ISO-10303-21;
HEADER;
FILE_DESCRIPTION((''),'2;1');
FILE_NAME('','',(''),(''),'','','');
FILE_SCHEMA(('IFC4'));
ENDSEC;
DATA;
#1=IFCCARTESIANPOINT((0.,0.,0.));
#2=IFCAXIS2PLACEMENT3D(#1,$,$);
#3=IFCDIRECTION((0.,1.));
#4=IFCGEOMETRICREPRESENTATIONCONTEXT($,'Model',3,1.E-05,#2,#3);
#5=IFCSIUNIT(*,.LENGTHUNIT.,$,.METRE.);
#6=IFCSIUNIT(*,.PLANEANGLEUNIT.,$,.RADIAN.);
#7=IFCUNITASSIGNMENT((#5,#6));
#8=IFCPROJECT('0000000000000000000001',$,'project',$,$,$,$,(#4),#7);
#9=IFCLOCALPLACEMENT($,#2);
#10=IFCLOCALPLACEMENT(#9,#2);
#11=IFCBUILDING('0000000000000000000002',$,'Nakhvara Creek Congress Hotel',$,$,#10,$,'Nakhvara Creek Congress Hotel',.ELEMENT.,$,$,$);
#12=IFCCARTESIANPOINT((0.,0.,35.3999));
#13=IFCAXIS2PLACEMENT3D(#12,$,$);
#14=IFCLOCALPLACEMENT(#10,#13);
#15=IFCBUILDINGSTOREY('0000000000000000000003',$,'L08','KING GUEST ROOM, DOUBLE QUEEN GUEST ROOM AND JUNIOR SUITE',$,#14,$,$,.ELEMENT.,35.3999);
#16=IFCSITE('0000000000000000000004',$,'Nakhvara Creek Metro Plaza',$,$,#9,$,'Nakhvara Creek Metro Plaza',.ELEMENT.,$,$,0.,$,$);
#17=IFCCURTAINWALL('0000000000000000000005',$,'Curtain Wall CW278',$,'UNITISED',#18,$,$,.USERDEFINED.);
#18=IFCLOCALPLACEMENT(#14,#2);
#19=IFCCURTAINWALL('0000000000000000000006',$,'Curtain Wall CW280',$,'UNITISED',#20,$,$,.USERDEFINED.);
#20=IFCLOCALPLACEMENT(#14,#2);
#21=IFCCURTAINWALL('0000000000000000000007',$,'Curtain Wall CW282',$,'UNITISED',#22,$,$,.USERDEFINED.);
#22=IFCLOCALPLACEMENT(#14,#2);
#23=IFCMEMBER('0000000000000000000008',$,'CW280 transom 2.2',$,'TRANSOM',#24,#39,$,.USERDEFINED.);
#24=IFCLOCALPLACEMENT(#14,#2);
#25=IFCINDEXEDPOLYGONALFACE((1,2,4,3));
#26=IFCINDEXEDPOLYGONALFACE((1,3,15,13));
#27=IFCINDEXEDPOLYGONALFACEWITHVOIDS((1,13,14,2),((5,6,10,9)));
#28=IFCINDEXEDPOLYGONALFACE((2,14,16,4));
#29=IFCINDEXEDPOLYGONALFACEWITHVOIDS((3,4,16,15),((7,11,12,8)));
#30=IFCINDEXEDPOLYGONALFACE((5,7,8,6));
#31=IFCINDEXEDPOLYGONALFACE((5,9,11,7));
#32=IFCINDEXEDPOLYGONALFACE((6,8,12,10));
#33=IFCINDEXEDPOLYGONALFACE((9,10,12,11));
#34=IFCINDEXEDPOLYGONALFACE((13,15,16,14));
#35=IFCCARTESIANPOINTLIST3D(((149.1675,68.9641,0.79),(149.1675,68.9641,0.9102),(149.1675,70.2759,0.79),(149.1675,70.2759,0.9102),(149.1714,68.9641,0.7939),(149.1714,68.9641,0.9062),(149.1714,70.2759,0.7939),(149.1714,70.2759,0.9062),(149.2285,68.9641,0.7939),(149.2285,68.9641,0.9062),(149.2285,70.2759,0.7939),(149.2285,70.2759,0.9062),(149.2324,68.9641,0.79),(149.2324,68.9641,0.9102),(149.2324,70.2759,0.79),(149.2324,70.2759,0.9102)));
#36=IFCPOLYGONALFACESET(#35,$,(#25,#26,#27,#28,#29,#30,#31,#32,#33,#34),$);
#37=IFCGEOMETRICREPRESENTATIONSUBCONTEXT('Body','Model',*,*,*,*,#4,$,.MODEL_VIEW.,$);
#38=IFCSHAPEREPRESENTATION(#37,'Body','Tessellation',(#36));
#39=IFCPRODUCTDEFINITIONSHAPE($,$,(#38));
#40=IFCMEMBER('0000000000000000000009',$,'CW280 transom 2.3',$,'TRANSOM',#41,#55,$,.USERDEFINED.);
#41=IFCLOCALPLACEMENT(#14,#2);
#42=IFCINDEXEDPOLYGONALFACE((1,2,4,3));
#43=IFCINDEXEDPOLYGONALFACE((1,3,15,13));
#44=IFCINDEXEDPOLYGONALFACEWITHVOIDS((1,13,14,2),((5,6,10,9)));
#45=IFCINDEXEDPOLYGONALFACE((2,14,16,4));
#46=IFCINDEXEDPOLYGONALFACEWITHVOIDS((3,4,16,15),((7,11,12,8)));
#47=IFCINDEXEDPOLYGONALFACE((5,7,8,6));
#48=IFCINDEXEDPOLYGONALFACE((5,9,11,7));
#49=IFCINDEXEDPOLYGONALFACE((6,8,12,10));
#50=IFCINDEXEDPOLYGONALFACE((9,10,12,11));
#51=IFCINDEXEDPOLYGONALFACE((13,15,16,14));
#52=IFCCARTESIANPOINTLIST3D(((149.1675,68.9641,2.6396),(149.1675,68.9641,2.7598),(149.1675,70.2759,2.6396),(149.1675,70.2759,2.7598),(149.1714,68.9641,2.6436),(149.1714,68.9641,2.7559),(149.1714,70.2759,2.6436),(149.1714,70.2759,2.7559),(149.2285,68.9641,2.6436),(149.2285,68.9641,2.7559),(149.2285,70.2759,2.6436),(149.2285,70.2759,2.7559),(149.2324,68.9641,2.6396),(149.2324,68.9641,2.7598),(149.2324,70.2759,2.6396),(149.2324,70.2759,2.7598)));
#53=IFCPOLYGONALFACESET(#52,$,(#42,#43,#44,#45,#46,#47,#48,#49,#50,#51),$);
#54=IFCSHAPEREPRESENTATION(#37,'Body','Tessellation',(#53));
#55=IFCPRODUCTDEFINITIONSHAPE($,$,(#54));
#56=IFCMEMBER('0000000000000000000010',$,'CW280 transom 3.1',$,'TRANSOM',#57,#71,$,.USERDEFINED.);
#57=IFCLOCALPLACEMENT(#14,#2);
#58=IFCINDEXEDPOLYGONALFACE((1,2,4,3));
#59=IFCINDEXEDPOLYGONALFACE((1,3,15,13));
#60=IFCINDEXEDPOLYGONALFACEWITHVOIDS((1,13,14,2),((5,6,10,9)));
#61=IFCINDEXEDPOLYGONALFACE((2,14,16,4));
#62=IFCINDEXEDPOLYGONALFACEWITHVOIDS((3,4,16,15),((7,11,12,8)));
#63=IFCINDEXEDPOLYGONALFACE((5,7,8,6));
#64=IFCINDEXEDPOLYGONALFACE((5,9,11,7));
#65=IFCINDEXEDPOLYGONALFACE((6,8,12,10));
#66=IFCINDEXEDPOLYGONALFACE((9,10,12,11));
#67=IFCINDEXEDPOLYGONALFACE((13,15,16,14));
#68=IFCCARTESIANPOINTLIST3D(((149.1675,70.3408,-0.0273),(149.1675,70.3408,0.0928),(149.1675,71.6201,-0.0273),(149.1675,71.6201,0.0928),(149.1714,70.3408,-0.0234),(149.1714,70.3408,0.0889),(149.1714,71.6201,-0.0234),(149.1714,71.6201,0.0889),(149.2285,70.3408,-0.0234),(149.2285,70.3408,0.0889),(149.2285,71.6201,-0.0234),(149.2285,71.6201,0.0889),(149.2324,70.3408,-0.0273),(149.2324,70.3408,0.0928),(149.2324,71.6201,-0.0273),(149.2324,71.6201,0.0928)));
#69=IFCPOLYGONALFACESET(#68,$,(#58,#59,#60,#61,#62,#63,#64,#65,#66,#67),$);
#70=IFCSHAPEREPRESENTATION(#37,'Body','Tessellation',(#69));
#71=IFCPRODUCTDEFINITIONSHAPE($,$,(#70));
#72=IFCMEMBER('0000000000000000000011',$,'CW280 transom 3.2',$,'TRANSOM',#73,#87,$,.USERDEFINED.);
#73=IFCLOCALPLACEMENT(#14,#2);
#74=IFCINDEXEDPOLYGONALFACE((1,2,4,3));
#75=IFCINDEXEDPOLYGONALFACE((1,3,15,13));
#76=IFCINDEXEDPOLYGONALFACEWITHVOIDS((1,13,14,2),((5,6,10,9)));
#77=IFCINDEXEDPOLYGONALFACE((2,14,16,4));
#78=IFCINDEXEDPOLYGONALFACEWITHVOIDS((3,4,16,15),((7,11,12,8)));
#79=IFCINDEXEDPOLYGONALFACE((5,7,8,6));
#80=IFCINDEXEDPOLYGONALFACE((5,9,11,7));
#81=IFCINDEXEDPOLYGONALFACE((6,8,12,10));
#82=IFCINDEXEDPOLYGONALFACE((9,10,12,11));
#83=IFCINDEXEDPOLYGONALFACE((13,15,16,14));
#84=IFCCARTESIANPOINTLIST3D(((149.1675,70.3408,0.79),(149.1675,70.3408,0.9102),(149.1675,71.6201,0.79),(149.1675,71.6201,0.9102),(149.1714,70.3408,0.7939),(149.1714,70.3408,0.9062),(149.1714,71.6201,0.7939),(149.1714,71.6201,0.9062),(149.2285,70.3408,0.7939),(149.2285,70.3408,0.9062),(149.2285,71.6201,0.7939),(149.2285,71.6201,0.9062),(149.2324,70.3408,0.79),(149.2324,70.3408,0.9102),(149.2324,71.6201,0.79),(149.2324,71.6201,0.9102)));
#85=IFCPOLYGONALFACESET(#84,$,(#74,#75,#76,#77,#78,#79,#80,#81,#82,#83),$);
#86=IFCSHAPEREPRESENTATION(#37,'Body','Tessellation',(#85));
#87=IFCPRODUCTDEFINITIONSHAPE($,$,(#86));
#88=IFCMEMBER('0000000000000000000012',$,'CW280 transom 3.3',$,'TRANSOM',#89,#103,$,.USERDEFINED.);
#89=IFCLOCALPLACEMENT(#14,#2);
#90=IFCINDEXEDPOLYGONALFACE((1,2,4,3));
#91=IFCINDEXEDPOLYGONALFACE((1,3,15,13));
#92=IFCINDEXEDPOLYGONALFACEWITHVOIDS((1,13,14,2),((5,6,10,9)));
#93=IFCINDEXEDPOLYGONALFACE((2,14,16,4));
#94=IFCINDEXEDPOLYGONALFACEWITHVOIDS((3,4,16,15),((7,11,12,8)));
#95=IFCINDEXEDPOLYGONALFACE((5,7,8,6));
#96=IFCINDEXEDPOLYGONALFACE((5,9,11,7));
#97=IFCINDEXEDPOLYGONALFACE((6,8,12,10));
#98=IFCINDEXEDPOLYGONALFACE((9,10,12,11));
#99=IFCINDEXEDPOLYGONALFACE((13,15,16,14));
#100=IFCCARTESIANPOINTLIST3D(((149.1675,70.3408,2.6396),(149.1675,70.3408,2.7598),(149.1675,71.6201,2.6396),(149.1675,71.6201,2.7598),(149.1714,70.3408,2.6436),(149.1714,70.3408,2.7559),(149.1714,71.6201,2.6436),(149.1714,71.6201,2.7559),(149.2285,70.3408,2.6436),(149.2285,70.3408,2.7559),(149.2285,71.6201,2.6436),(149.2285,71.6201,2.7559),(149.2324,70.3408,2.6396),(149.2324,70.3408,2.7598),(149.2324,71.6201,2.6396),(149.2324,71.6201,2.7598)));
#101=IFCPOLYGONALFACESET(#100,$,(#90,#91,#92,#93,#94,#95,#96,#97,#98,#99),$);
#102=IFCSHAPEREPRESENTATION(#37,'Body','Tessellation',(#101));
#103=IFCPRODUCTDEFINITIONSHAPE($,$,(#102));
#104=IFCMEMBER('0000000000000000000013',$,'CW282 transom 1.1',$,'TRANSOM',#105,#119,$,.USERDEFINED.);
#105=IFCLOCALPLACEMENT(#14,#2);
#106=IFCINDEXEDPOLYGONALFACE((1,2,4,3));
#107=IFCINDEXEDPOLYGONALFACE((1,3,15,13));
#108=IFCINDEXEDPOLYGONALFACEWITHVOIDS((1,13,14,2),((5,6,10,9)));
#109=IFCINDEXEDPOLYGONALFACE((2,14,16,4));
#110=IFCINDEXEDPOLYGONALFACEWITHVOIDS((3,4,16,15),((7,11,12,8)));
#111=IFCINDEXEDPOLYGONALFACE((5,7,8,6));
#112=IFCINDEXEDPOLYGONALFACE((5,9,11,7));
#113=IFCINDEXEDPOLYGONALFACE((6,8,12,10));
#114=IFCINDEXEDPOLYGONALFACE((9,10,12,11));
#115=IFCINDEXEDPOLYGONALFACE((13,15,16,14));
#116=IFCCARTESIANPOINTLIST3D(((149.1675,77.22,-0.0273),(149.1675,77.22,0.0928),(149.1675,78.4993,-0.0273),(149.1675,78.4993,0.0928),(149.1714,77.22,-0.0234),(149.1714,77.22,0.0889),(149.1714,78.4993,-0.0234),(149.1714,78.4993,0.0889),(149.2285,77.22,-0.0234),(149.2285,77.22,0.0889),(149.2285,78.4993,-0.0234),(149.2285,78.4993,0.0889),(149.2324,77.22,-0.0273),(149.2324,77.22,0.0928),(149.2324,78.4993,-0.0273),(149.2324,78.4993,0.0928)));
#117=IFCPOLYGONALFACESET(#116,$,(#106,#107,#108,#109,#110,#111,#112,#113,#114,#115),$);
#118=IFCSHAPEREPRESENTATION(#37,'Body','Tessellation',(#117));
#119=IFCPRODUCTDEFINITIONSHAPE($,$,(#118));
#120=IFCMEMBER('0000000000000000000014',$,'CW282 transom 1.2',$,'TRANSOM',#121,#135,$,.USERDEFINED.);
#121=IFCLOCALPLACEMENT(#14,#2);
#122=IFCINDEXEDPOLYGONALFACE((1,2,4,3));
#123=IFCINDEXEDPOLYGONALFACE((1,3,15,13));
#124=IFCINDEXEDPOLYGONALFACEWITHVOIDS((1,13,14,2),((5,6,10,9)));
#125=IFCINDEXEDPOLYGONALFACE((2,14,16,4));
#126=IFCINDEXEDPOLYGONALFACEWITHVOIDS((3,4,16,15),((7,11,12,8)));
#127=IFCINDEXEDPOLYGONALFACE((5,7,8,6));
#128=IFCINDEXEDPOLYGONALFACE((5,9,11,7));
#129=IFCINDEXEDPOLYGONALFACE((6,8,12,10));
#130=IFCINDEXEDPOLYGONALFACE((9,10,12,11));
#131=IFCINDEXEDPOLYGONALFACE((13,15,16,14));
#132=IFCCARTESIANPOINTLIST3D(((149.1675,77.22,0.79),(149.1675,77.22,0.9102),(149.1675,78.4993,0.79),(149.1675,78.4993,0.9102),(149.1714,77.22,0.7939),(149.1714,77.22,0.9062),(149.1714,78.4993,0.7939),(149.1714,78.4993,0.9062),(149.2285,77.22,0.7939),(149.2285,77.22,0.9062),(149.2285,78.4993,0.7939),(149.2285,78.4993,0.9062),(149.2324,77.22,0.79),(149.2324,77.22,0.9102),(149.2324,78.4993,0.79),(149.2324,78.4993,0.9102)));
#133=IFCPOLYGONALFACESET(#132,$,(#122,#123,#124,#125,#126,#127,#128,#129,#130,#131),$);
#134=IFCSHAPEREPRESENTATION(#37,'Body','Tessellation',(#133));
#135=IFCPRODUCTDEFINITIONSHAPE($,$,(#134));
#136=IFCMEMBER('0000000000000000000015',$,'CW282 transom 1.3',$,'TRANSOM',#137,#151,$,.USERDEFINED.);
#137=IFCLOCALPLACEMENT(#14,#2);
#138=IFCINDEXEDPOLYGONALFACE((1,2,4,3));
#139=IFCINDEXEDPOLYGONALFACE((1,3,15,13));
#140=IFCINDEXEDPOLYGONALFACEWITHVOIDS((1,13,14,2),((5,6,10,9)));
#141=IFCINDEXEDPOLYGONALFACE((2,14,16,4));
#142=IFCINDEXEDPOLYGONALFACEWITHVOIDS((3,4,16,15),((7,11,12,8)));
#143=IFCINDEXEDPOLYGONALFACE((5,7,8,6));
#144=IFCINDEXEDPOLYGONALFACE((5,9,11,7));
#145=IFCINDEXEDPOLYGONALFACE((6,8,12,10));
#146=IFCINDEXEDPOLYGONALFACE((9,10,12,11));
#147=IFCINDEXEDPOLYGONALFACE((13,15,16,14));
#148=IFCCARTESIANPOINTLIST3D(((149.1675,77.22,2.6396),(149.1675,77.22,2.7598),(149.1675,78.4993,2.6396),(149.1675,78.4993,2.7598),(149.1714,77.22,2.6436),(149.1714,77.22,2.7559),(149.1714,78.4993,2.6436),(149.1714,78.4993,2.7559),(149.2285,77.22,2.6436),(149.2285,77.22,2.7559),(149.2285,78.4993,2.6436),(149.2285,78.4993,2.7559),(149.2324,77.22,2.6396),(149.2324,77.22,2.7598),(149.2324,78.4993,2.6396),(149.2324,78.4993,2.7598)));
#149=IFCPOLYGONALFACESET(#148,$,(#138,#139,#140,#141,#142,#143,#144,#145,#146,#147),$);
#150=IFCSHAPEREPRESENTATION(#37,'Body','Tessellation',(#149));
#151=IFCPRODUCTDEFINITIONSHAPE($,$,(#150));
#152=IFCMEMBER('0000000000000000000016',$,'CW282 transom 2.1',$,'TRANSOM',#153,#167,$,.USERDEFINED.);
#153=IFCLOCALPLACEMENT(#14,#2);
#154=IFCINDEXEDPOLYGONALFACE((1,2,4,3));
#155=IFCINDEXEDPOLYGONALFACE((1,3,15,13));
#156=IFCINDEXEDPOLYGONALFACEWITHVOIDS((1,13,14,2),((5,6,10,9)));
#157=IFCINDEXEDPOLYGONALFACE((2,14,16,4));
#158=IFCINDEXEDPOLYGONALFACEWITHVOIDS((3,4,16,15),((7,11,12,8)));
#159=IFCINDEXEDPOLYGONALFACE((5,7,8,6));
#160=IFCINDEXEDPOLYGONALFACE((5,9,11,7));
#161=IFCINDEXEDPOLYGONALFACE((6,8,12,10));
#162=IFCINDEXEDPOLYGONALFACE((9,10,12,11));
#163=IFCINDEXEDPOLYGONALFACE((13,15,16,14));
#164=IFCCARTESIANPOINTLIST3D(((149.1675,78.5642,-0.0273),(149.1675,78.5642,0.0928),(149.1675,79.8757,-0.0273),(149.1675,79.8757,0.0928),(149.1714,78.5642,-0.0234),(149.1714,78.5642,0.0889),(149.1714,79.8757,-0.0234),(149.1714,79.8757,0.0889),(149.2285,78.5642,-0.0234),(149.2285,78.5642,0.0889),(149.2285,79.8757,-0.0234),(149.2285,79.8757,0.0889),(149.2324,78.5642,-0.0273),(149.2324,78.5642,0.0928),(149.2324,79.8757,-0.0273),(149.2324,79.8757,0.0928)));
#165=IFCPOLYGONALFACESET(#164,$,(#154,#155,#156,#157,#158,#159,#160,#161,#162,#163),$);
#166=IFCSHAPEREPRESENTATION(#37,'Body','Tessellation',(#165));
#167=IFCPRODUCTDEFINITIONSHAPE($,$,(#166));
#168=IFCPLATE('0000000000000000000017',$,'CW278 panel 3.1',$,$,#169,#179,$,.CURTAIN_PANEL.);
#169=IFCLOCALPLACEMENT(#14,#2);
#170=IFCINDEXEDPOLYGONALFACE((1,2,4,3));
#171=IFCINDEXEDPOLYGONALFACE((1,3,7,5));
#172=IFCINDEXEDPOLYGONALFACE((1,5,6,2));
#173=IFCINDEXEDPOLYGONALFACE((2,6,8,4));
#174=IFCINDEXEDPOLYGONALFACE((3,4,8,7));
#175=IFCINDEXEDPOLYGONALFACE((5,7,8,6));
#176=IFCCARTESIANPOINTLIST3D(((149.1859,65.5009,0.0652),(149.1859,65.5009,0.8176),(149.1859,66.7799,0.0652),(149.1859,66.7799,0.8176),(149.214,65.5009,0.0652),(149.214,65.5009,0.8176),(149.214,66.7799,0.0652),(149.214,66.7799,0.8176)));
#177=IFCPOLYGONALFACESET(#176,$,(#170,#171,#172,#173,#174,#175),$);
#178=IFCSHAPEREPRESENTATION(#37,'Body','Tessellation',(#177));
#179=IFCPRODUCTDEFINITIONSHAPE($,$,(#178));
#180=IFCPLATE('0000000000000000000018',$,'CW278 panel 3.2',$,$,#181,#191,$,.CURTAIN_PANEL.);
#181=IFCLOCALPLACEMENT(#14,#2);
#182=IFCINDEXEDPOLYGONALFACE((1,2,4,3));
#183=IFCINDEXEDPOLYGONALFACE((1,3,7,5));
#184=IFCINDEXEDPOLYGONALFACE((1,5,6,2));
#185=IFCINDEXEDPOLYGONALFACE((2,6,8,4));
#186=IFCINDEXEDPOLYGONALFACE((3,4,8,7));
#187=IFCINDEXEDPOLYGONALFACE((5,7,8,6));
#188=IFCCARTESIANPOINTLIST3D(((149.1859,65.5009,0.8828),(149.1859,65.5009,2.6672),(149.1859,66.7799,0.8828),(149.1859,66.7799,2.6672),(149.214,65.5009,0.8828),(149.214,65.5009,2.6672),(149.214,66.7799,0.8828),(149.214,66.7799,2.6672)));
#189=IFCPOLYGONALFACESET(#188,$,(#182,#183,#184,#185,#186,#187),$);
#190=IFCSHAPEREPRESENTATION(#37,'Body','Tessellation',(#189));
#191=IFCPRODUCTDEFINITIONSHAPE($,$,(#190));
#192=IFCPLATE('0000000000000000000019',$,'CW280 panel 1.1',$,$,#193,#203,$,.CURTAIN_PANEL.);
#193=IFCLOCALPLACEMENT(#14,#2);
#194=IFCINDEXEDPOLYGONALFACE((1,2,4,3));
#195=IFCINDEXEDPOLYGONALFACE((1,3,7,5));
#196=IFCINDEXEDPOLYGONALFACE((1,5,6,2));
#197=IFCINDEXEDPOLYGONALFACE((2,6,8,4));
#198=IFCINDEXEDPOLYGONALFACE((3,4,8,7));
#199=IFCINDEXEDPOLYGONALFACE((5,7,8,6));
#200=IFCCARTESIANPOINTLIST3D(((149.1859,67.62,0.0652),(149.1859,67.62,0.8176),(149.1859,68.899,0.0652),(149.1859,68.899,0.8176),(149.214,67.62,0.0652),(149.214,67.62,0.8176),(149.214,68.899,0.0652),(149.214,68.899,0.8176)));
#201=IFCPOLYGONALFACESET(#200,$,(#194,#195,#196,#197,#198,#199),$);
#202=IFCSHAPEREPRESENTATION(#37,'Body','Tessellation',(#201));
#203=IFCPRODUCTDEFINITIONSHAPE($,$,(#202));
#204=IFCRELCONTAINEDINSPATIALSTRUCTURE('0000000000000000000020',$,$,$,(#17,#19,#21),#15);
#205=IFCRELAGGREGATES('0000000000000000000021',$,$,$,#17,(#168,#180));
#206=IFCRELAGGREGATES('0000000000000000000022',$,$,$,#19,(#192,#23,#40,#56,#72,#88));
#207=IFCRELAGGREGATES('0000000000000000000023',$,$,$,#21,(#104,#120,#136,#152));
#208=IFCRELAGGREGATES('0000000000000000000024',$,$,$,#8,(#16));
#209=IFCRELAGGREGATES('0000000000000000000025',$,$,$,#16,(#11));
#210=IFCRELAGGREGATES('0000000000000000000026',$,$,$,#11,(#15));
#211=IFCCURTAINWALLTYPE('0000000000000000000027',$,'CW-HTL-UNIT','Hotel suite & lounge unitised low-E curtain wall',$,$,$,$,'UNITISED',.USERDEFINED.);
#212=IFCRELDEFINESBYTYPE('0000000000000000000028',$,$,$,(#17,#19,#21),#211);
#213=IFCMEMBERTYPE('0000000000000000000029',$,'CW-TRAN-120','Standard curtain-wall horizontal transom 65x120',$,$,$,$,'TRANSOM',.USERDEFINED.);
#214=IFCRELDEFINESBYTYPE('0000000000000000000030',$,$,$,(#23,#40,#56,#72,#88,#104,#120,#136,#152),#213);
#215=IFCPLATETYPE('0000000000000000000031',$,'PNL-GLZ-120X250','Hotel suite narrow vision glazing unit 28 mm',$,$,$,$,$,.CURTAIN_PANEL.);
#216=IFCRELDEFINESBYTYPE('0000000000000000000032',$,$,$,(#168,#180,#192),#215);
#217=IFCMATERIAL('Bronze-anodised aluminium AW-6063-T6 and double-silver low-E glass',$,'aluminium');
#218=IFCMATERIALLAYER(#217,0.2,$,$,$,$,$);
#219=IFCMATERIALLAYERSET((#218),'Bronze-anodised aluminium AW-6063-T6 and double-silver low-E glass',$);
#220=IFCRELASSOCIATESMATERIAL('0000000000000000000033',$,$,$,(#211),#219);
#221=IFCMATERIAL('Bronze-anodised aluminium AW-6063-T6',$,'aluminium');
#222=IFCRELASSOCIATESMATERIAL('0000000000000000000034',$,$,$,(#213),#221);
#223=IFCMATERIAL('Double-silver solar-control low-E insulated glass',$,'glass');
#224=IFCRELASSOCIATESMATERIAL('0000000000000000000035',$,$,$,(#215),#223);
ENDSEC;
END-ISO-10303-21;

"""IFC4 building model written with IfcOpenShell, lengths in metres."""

from ifc_helpers import new_model, si_unit, direction, frame, origin, origin_2d, place, context, subcontext, project, spatial, rectangle, hollow_rectangle, extrude, material, layer, layer_set, material_profile, profile_set, type_object, element, aggregate, save


model = new_model("IFC4")

# Units and contexts
model_context = context("Model", 3, precision=1e-05, world=origin(), true_north=direction((0.0, 1.0)))
body_context = subcontext(model_context, "Body", "Model", "MODEL_VIEW")
ifc_project = project(units=[si_unit("LENGTHUNIT", "METRE"), si_unit("PLANEANGLEUNIT", "RADIAN")], contexts=[model_context])

# Site, building, storey
site_placement = place(None, origin())
site = spatial("IfcSite", under=ifc_project, at=site_placement, Name="Nakhvara Creek Metro Plaza", LongName="Nakhvara Creek Metro Plaza", CompositionType="ELEMENT", RefElevation=0.0)
building_placement = place(site_placement, origin())
building = spatial("IfcBuilding", under=site, at=building_placement, Name="Nakhvara Creek Congress Hotel", LongName="Nakhvara Creek Congress Hotel", CompositionType="ELEMENT")
storey_placement = place(building_placement, frame((0.0, 0.0, 35.3999)))
storey = spatial("IfcBuildingStorey", under=building, at=storey_placement, Name="L08", Description="KING GUEST ROOM, DOUBLE QUEEN GUEST ROOM AND JUNIOR SUITE", CompositionType="ELEMENT", Elevation=35.3999)

# Curtain wall
ifc_material_1 = material(Name="Bronze-anodised aluminium AW-6063-T6 and double-silver low-E glass", Category="aluminium")
ifc_layer = layer(ifc_material_1, 0.2)
ifc_layer_set = layer_set([ifc_layer], Name="Bronze-anodised aluminium AW-6063-T6 and double-silver low-E glass")
curtain_wall_type = type_object("IfcCurtainWallType", Name="CW-HTL-UNIT", Description="Hotel suite & lounge unitised low-E curtain wall", ElementType="UNITISED", PredefinedType="USERDEFINED", material=ifc_layer_set)
curtain_wall_1_placement = place(storey_placement, origin())
curtain_wall_1 = element("IfcCurtainWall", 1, at=curtain_wall_1_placement, inside=storey, type_object=curtain_wall_type, Name="Curtain Wall CW278", ObjectType="UNITISED", PredefinedType="USERDEFINED")
ifc_material_2 = material(Name="Bronze-anodised aluminium AW-6063-T6", Category="aluminium")

# Curtain walls
curtain_wall_2_placement = place(storey_placement, origin())
curtain_wall_2 = element("IfcCurtainWall", 2, at=curtain_wall_2_placement, inside=storey, type_object=curtain_wall_type, Name="Curtain Wall CW280", ObjectType="UNITISED", PredefinedType="USERDEFINED")
curtain_wall_3_placement = place(storey_placement, origin())
curtain_wall_3 = element("IfcCurtainWall", 3, at=curtain_wall_3_placement, inside=storey, type_object=curtain_wall_type, Name="Curtain Wall CW282", ObjectType="UNITISED", PredefinedType="USERDEFINED")

# Members
ifc_material_profile_1 = material_profile(ifc_material_2, hollow_rectangle(XDim=0.0649, YDim=0.1201, WallThickness=0.0039, at=origin_2d()), Name="ALU-TRAN 65x120x4", Category="LoadBearing")
ifc_profile_set_1 = profile_set([ifc_material_profile_1], Name="Bronze-anodised aluminium AW-6063-T6")
member_type_1 = type_object("IfcMemberType", Name="CW-TRAN-120", Description="Standard curtain-wall horizontal transom 65x120", ElementType="TRANSOM", PredefinedType="USERDEFINED", material=ifc_profile_set_1)
member_1_placement = place(storey_placement, frame((149.2, 68.9641, 0.8501), z_axis=(0.0, 1.0, 0.0), x_axis=(-1.0, 0.0, 0.0)))
member_1 = element("IfcMember", 4, at=member_1_placement, type_object=member_type_1, Name="CW280 transom 2.2", ObjectType="TRANSOM", PredefinedType="USERDEFINED", context=body_context, shape_type="SweptSolid", body=[
    extrude(hollow_rectangle(XDim=0.0649, YDim=0.1201, WallThickness=0.0039, at=origin_2d()), origin(), (0.0, 0.0, 1.0), 1.3118),
])
member_2_placement = place(storey_placement, frame((149.2, 68.9641, 2.6997), z_axis=(0.0, 1.0, 0.0), x_axis=(-1.0, 0.0, 0.0)))
member_2 = element("IfcMember", 5, at=member_2_placement, type_object=member_type_1, Name="CW280 transom 2.3", ObjectType="TRANSOM", PredefinedType="USERDEFINED", context=body_context, shape_type="SweptSolid", body=[
    extrude(hollow_rectangle(XDim=0.0649, YDim=0.1201, WallThickness=0.0039, at=origin_2d()), origin(), (0.0, 0.0, 1.0), 1.3118),
])
member_3_placement = place(storey_placement, frame((149.2, 70.3408, 0.0327), z_axis=(0.0, 1.0, 0.0), x_axis=(-1.0, 0.0, 0.0)))
member_3 = element("IfcMember", 6, at=member_3_placement, type_object=member_type_1, Name="CW280 transom 3.1", ObjectType="TRANSOM", PredefinedType="USERDEFINED", context=body_context, shape_type="SweptSolid", body=[
    extrude(hollow_rectangle(XDim=0.0649, YDim=0.1201, WallThickness=0.0039, at=origin_2d()), origin(), (0.0, 0.0, 1.0), 1.2793),
])
member_4_placement = place(storey_placement, frame((149.2, 70.3408, 0.8501), z_axis=(0.0, 1.0, 0.0), x_axis=(-1.0, 0.0, 0.0)))
member_4 = element("IfcMember", 7, at=member_4_placement, type_object=member_type_1, Name="CW280 transom 3.2", ObjectType="TRANSOM", PredefinedType="USERDEFINED", context=body_context, shape_type="SweptSolid", body=[
    extrude(hollow_rectangle(XDim=0.0649, YDim=0.1201, WallThickness=0.0039, at=origin_2d()), origin(), (0.0, 0.0, 1.0), 1.2793),
])
member_5_placement = place(storey_placement, frame((149.2, 70.3408, 2.6997), z_axis=(0.0, 1.0, 0.0), x_axis=(-1.0, 0.0, 0.0)))
member_5 = element("IfcMember", 8, at=member_5_placement, type_object=member_type_1, Name="CW280 transom 3.3", ObjectType="TRANSOM", PredefinedType="USERDEFINED", context=body_context, shape_type="SweptSolid", body=[
    extrude(hollow_rectangle(XDim=0.0649, YDim=0.1201, WallThickness=0.0039, at=origin_2d()), origin(), (0.0, 0.0, 1.0), 1.2793),
])
member_6_placement = place(storey_placement, frame((149.2, 77.22, 0.0327), z_axis=(0.0, 1.0, 0.0), x_axis=(-1.0, 0.0, 0.0)))
member_6 = element("IfcMember", 9, at=member_6_placement, type_object=member_type_1, Name="CW282 transom 1.1", ObjectType="TRANSOM", PredefinedType="USERDEFINED", context=body_context, shape_type="SweptSolid", body=[
    extrude(hollow_rectangle(XDim=0.0649, YDim=0.1201, WallThickness=0.0039, at=origin_2d()), origin(), (0.0, 0.0, 1.0), 1.2793),
])
member_7_placement = place(storey_placement, frame((149.2, 77.22, 0.8501), z_axis=(0.0, 1.0, 0.0), x_axis=(-1.0, 0.0, 0.0)))
member_7 = element("IfcMember", 10, at=member_7_placement, type_object=member_type_1, Name="CW282 transom 1.2", ObjectType="TRANSOM", PredefinedType="USERDEFINED", context=body_context, shape_type="SweptSolid", body=[
    extrude(hollow_rectangle(XDim=0.0649, YDim=0.1201, WallThickness=0.0039, at=origin_2d()), origin(), (0.0, 0.0, 1.0), 1.2793),
])
member_8_placement = place(storey_placement, frame((149.2, 77.22, 2.6997), z_axis=(0.0, 1.0, 0.0), x_axis=(-1.0, 0.0, 0.0)))
member_8 = element("IfcMember", 11, at=member_8_placement, type_object=member_type_1, Name="CW282 transom 1.3", ObjectType="TRANSOM", PredefinedType="USERDEFINED", context=body_context, shape_type="SweptSolid", body=[
    extrude(hollow_rectangle(XDim=0.0649, YDim=0.1201, WallThickness=0.0039, at=origin_2d()), origin(), (0.0, 0.0, 1.0), 1.2793),
])
member_9_placement = place(storey_placement, frame((149.2, 78.5642, 0.0327), z_axis=(0.0, 1.0, 0.0), x_axis=(-1.0, 0.0, 0.0)))
member_9 = element("IfcMember", 12, at=member_9_placement, type_object=member_type_1, Name="CW282 transom 2.1", ObjectType="TRANSOM", PredefinedType="USERDEFINED", context=body_context, shape_type="SweptSolid", body=[
    extrude(hollow_rectangle(XDim=0.0649, YDim=0.1201, WallThickness=0.0039, at=origin_2d()), origin(), (0.0, 0.0, 1.0), 1.3115),
])

# Plates
ifc_material_3 = material(Name="Double-silver solar-control low-E insulated glass", Category="glass")
plate_type = type_object("IfcPlateType", Name="PNL-GLZ-120X250", Description="Hotel suite narrow vision glazing unit 28 mm", PredefinedType="CURTAIN_PANEL", material=ifc_material_3)
plate_1_placement = place(storey_placement, frame((149.2, 66.1404, 0.0652), z_axis=(0.0, 0.0, 1.0), x_axis=(0.0, 1.0, 0.0)))
plate_1 = element("IfcPlate", 13, at=plate_1_placement, type_object=plate_type, Name="CW278 panel 3.1", PredefinedType="CURTAIN_PANEL", context=body_context, shape_type="SweptSolid", body=[
    extrude(rectangle(XDim=1.2791, YDim=0.0281, at=origin_2d()), origin(), (0.0, 0.0, 1.0), 0.7524),
])
plate_2_placement = place(storey_placement, frame((149.2, 66.1404, 0.8828), z_axis=(0.0, 0.0, 1.0), x_axis=(0.0, 1.0, 0.0)))
plate_2 = element("IfcPlate", 14, at=plate_2_placement, type_object=plate_type, Name="CW278 panel 3.2", PredefinedType="CURTAIN_PANEL", context=body_context, shape_type="SweptSolid", body=[
    extrude(rectangle(XDim=1.2791, YDim=0.0281, at=origin_2d()), origin(), (0.0, 0.0, 1.0), 1.7844),
])
aggregate(curtain_wall_1, [plate_1, plate_2])
plate_3_placement = place(storey_placement, frame((149.2, 68.2595, 0.0652), z_axis=(0.0, 0.0, 1.0), x_axis=(0.0, 1.0, 0.0)))
plate_3 = element("IfcPlate", 15, at=plate_3_placement, type_object=plate_type, Name="CW280 panel 1.1", PredefinedType="CURTAIN_PANEL", context=body_context, shape_type="SweptSolid", body=[
    extrude(rectangle(XDim=1.2791, YDim=0.0281, at=origin_2d()), origin(), (0.0, 0.0, 1.0), 0.7524),
])
aggregate(curtain_wall_2, [plate_3, member_1, member_2, member_3, member_4, member_5])
aggregate(curtain_wall_3, [member_6, member_7, member_8, member_9])

save(model, "model.ifc")
